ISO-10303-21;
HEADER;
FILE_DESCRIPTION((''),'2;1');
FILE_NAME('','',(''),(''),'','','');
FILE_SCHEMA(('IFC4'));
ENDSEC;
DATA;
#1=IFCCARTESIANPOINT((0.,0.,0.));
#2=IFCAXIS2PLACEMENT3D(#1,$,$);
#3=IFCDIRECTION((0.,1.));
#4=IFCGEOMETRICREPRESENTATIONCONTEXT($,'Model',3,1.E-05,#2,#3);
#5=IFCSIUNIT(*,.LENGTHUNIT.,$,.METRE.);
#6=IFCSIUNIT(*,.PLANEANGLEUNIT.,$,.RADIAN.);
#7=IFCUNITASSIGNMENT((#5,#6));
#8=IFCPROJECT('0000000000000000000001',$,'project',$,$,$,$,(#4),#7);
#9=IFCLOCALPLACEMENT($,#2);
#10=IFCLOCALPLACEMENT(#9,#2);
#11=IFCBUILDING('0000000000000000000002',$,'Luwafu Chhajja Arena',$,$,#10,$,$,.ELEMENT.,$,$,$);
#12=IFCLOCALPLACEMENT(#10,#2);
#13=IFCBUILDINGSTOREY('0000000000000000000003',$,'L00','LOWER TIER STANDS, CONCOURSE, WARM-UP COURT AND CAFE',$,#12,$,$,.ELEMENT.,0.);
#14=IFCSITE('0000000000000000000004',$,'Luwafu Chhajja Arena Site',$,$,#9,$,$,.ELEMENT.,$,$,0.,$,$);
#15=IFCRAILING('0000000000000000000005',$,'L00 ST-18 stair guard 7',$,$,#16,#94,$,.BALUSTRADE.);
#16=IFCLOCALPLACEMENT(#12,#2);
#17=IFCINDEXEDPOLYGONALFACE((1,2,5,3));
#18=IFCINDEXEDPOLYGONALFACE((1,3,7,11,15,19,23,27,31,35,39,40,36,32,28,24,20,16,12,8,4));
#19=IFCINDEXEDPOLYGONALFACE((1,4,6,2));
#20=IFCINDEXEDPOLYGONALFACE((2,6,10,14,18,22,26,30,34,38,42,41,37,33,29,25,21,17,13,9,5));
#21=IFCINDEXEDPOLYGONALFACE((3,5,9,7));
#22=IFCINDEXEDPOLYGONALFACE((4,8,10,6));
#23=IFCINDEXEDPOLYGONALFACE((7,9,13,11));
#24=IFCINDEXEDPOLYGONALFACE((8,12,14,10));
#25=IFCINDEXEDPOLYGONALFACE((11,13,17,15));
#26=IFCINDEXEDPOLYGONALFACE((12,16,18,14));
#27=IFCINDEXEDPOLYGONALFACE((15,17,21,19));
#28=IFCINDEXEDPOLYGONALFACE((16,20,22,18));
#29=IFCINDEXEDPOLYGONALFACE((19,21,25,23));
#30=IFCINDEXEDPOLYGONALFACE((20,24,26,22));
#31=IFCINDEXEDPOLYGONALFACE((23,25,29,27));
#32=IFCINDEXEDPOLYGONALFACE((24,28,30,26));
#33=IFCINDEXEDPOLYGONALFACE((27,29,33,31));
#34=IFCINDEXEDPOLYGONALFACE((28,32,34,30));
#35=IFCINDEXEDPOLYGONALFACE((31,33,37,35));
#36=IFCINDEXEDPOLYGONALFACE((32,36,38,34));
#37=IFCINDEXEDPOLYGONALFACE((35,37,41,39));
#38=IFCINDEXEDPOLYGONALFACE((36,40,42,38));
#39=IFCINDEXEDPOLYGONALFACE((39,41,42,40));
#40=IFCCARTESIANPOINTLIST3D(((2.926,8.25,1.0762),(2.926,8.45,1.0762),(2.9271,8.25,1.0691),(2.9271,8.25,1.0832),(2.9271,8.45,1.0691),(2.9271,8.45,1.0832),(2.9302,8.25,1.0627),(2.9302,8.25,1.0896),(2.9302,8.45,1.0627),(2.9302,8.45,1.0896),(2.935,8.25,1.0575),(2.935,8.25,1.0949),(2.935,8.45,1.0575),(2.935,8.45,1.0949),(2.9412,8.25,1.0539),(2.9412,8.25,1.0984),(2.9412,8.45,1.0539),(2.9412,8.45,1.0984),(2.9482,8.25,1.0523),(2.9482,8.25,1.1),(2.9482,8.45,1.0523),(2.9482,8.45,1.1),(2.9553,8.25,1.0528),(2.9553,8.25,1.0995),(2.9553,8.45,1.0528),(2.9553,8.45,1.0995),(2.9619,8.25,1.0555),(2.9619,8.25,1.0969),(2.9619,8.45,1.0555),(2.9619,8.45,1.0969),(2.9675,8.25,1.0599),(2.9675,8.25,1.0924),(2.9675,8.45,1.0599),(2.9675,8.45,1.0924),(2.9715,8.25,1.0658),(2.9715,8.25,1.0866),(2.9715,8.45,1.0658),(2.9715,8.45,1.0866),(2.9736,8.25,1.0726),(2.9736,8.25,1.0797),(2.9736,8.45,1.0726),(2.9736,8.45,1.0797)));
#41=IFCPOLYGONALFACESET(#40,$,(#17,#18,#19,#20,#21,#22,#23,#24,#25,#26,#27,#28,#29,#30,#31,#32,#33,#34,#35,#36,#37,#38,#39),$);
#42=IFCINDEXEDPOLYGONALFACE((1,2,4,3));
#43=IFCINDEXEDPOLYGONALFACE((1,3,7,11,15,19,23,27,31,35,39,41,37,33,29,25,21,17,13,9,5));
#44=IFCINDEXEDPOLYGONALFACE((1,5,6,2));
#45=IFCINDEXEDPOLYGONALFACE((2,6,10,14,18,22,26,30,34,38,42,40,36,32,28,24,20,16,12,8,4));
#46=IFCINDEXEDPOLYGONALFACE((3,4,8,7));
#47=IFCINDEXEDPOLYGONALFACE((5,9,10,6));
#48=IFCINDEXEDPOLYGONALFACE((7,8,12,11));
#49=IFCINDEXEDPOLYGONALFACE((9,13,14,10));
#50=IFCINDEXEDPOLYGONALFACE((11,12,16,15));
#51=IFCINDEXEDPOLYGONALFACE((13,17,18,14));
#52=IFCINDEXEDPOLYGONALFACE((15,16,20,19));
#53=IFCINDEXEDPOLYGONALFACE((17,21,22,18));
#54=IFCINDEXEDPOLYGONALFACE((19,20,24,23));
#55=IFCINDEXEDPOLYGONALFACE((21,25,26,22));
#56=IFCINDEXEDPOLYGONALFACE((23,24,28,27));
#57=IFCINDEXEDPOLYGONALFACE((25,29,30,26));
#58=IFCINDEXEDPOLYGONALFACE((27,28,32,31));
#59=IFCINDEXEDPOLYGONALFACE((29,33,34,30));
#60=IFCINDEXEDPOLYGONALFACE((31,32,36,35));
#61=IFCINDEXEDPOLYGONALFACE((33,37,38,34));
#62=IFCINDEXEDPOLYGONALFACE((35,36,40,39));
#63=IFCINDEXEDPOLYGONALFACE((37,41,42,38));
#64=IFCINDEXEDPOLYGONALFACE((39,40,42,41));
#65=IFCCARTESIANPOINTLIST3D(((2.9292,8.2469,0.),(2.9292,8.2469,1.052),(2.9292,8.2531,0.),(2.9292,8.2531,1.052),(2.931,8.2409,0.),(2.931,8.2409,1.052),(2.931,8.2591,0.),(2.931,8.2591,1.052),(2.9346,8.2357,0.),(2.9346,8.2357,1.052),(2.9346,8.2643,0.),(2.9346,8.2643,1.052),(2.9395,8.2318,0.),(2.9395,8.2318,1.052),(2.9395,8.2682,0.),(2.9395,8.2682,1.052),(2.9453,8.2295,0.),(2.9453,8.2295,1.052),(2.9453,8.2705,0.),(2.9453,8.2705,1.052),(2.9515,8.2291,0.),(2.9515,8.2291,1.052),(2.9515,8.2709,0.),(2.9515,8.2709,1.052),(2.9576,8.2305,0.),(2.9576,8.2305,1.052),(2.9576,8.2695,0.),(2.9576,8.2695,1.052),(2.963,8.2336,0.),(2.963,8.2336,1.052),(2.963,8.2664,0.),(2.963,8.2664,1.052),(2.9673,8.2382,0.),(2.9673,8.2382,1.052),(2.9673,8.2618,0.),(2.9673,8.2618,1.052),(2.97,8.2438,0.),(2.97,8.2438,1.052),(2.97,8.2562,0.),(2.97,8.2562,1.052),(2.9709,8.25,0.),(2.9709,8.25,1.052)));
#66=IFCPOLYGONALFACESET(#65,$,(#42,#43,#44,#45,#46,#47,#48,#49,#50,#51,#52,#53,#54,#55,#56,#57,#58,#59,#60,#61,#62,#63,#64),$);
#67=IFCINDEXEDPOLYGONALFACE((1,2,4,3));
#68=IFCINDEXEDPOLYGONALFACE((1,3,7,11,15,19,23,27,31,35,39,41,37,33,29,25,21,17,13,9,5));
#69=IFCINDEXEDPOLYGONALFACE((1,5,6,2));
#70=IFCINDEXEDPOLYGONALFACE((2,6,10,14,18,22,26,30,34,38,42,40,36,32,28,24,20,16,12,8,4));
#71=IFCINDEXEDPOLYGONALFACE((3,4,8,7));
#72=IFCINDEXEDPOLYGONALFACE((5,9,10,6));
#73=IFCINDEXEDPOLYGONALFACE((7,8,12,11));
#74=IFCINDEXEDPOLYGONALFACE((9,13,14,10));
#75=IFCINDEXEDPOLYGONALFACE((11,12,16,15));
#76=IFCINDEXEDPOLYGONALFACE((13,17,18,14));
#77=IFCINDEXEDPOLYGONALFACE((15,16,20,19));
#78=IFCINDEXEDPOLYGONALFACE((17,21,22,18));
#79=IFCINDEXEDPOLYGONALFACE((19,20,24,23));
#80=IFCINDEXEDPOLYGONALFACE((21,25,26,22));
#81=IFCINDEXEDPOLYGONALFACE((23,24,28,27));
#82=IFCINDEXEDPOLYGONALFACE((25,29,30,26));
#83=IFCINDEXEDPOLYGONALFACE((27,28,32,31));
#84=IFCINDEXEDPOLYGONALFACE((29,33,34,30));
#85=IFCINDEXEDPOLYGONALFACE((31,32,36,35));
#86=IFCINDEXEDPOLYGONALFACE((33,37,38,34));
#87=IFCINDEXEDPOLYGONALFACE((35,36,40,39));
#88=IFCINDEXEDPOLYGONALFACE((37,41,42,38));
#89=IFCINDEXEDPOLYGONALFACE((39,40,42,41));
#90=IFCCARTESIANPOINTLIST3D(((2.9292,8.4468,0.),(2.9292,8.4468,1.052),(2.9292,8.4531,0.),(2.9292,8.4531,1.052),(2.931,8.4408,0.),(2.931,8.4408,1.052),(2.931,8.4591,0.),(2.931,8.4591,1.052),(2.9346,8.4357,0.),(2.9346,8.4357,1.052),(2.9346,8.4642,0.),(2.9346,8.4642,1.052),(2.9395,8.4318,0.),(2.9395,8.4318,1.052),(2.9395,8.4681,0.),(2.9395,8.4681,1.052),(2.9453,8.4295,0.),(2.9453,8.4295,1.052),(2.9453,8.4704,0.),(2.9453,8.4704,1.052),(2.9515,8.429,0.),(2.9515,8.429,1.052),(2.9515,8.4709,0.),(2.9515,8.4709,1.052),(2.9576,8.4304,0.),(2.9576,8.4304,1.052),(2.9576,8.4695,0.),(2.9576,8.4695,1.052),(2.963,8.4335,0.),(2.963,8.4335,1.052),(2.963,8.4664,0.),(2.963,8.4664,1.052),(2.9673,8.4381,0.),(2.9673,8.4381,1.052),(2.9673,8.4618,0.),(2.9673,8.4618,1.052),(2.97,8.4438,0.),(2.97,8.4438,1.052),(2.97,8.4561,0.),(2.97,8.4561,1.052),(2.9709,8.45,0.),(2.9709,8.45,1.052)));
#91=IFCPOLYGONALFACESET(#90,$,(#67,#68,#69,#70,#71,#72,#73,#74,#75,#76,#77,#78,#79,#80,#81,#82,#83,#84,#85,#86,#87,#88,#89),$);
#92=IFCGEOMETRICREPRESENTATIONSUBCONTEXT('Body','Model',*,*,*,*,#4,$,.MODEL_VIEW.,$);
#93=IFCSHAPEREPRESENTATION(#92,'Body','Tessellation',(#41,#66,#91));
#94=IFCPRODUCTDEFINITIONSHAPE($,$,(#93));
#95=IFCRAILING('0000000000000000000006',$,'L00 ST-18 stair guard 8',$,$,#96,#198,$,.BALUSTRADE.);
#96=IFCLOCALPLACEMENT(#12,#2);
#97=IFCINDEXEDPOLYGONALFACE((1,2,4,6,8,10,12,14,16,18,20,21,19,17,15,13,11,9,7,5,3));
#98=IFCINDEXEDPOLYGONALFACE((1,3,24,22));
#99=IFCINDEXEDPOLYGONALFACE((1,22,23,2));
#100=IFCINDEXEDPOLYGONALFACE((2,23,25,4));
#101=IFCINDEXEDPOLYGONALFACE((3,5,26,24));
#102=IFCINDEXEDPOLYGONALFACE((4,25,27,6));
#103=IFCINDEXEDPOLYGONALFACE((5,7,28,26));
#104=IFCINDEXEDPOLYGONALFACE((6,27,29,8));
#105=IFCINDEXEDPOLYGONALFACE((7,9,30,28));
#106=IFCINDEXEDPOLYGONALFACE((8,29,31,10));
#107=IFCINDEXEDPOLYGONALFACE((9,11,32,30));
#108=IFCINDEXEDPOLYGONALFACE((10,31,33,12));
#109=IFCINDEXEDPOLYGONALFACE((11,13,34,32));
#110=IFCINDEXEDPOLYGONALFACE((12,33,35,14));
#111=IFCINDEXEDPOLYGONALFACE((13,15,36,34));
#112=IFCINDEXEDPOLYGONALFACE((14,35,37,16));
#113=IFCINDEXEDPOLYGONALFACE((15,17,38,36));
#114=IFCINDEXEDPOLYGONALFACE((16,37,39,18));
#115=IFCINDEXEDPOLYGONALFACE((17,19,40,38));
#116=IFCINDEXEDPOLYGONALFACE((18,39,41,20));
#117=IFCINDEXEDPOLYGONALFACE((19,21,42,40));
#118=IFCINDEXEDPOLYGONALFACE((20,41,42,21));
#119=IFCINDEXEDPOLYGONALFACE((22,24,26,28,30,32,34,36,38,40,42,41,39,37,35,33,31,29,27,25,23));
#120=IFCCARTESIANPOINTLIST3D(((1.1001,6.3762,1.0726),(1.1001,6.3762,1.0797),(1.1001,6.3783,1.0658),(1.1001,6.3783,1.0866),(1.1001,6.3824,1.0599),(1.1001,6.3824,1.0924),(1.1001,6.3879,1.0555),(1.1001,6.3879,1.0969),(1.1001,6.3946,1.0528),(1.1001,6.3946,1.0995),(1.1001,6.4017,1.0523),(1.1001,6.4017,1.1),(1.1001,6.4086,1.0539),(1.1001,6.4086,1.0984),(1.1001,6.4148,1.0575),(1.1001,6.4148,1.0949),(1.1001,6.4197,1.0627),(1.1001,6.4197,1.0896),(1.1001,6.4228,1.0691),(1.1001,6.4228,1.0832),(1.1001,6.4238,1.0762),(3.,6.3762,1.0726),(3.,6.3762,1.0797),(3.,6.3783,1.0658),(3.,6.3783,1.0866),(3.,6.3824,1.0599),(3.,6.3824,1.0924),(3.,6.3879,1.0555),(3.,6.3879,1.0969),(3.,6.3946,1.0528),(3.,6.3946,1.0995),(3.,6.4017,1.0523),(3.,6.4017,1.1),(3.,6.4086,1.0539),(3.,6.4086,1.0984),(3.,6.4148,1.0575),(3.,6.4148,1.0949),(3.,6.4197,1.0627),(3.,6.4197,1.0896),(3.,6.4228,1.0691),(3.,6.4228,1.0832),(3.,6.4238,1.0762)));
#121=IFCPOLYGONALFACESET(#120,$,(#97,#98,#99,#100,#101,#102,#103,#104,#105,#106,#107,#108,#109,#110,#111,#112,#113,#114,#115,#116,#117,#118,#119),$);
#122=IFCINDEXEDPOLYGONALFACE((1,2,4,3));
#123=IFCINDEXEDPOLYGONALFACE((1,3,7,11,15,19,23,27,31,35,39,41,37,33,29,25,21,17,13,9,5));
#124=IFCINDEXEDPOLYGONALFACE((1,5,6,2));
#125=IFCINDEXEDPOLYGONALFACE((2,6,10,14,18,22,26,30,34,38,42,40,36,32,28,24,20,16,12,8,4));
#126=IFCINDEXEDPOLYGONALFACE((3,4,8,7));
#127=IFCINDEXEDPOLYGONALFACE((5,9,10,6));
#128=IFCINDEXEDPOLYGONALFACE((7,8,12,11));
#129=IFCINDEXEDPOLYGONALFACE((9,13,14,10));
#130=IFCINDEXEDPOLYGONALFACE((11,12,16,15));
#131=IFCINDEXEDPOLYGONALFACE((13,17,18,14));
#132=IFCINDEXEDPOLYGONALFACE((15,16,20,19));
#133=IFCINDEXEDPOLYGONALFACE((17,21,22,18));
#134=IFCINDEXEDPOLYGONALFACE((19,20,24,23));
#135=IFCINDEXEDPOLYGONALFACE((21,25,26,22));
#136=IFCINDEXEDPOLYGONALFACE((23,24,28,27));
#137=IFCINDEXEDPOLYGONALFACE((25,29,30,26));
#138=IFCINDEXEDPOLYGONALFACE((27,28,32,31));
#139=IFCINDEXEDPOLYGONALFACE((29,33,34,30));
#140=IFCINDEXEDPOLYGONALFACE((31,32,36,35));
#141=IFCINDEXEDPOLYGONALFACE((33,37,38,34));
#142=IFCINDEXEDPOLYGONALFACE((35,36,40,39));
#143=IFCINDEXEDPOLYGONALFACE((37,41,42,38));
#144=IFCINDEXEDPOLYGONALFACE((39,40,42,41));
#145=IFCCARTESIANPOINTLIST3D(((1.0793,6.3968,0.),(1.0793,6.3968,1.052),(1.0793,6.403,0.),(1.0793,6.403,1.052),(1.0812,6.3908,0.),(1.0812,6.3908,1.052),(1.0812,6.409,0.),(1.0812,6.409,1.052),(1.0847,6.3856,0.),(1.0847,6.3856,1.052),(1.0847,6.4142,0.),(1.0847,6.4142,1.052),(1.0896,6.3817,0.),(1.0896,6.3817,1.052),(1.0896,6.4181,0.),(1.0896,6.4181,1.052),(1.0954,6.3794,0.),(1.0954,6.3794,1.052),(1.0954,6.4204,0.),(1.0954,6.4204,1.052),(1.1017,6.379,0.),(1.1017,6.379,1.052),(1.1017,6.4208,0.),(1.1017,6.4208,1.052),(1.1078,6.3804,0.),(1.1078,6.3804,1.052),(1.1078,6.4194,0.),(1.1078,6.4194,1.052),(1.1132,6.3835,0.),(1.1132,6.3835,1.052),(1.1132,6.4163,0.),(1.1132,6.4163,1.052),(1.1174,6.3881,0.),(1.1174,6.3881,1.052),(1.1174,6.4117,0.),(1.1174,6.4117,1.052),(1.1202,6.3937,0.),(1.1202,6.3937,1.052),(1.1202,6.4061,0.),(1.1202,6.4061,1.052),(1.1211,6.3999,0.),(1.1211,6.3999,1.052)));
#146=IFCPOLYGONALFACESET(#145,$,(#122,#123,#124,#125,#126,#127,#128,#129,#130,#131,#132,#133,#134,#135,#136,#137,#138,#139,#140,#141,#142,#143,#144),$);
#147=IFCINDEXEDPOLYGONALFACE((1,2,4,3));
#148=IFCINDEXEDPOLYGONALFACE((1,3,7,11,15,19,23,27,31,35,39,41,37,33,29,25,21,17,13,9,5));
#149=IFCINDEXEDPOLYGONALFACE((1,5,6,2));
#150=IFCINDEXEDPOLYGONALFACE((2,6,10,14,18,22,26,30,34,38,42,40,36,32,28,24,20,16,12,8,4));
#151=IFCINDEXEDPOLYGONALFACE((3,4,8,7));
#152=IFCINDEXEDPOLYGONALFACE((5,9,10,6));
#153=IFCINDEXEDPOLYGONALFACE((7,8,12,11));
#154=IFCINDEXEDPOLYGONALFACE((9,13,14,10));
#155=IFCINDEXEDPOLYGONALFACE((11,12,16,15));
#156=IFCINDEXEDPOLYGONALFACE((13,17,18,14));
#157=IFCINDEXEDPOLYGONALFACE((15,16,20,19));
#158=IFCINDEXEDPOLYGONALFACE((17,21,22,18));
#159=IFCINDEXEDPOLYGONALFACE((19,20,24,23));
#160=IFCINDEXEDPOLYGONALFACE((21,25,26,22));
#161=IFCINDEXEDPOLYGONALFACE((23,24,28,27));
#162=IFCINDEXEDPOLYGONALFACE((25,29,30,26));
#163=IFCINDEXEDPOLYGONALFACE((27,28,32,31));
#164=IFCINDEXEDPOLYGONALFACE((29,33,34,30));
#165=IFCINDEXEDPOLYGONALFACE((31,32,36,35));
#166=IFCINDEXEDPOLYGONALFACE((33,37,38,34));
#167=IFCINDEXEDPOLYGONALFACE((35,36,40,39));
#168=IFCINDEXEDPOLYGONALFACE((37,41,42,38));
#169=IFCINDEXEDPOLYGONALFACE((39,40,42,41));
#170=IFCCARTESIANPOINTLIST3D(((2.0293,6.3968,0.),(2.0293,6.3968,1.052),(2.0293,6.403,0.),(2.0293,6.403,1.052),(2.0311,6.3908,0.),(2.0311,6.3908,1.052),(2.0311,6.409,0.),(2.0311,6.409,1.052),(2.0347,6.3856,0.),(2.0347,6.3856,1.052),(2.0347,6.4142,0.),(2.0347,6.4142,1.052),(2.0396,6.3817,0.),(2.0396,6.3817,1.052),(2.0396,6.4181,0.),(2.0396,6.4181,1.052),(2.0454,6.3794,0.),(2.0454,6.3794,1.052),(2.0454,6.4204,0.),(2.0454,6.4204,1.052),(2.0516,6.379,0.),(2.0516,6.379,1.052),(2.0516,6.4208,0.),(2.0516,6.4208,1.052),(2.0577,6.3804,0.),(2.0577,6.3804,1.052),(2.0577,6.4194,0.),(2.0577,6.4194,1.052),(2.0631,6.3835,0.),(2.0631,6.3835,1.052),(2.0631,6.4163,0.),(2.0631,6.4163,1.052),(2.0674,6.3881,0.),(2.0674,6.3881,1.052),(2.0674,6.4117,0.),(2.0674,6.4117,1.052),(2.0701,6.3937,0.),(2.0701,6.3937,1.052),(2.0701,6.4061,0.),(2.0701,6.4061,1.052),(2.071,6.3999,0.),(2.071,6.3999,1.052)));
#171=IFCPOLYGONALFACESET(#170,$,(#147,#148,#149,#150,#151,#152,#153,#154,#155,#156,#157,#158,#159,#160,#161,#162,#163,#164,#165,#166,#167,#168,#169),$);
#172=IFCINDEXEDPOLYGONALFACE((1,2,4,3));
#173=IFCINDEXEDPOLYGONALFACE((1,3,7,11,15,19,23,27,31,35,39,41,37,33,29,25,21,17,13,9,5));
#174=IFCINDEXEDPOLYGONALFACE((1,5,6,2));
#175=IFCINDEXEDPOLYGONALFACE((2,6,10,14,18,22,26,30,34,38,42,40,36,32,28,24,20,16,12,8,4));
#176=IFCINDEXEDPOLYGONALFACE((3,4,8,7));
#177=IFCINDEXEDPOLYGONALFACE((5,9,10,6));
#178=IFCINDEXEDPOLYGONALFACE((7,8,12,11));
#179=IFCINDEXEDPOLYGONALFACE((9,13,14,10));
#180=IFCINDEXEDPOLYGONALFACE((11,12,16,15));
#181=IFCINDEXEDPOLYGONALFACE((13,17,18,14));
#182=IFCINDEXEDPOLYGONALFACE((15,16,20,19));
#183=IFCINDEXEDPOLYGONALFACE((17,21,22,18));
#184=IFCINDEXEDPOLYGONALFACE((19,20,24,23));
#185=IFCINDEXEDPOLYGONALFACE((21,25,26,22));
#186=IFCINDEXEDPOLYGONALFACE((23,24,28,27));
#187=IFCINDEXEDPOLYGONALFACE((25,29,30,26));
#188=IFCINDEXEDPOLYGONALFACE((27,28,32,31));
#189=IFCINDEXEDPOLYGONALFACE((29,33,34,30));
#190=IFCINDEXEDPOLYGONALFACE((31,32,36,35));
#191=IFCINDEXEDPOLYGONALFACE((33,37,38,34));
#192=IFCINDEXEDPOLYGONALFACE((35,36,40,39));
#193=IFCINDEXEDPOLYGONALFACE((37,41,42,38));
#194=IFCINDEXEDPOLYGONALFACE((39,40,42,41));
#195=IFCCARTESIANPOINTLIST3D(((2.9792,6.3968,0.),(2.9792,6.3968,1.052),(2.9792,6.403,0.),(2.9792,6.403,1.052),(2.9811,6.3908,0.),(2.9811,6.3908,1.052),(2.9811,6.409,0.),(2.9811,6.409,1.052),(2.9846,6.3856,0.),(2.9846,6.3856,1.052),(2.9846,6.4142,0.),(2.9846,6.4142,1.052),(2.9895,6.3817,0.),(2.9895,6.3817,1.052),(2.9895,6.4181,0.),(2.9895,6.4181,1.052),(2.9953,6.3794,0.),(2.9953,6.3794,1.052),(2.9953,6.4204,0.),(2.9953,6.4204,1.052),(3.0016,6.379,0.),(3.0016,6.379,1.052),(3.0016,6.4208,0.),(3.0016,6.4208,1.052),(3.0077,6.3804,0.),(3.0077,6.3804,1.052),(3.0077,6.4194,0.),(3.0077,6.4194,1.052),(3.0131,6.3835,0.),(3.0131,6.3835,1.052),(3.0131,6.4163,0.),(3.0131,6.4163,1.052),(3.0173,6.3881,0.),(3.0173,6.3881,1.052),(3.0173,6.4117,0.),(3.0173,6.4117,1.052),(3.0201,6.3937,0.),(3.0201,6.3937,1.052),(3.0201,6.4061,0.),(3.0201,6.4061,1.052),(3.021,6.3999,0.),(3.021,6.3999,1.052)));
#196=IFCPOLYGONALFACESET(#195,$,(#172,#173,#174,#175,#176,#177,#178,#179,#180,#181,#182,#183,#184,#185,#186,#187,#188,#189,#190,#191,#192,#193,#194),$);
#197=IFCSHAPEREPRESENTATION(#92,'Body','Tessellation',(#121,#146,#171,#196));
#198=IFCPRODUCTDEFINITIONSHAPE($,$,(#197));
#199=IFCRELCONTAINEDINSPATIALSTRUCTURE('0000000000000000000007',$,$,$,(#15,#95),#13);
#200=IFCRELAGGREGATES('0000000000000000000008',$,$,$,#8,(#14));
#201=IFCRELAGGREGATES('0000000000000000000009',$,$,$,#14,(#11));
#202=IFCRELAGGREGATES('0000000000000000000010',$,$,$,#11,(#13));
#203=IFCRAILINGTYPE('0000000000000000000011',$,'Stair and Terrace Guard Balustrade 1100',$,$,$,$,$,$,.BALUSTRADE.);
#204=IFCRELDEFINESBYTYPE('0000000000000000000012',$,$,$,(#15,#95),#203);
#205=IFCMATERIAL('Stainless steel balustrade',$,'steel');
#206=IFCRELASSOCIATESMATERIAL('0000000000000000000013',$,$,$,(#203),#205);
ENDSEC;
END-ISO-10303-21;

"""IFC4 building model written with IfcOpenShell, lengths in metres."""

from ifc_helpers import new_model, si_unit, direction, frame, origin, origin_2d, place, context, subcontext, project, spatial, circle, extrude, material, type_object, element, save


model = new_model("IFC4")

# Units and contexts
model_context = context("Model", 3, precision=1e-05, world=origin(), true_north=direction((0.0, 1.0)))
body_context = subcontext(model_context, "Body", "Model", "MODEL_VIEW")
ifc_project = project(units=[si_unit("LENGTHUNIT", "METRE"), si_unit("PLANEANGLEUNIT", "RADIAN")], contexts=[model_context])

# Site, building, storey
site_placement = place(None, origin())
site = spatial("IfcSite", under=ifc_project, at=site_placement, Name="Luwafu Chhajja Arena Site", CompositionType="ELEMENT", RefElevation=0.0)
building_placement = place(site_placement, origin())
building = spatial("IfcBuilding", under=site, at=building_placement, Name="Luwafu Chhajja Arena", CompositionType="ELEMENT")
storey_placement = place(building_placement, origin())
storey = spatial("IfcBuildingStorey", under=building, at=storey_placement, Name="L00", Description="LOWER TIER STANDS, CONCOURSE, WARM-UP COURT AND CAFE", CompositionType="ELEMENT", Elevation=0.0)

# Railings
ifc_material_1 = material(Name="Stainless steel balustrade", Category="steel")
railing_type_1 = type_object("IfcRailingType", Name="Stair and Terrace Guard Balustrade 1100", PredefinedType="BALUSTRADE", material=ifc_material_1)
railing_1_placement = place(storey_placement, frame((2.95, 8.25, 0.0)))
element("IfcRailing", 1, at=railing_1_placement, inside=storey, type_object=railing_type_1, Name="L00 ST-18 stair guard 7", PredefinedType="BALUSTRADE", context=body_context, shape_type="SweptSolid", body=[
    extrude(circle(Radius=0.0239, at=origin_2d()), frame((0.0, 0.0, 1.0762), z_axis=(0.0, 1.0, 0.0), x_axis=(-1.0, 0.0, 0.0)), (0.0, 0.0, 1.0), 0.2),
    extrude(circle(Radius=0.021, at=origin_2d()), origin(), (0.0, 0.0, 1.0), 1.052),
    extrude(circle(Radius=0.021, at=origin_2d()), frame((0.0, 0.2, 0.0)), (0.0, 0.0, 1.0), 1.052),
])
for number, where, name in (
    (2, (1.1001, 6.3999, 0.0), "L00 ST-18 stair guard 8"),
):
    element("IfcRailing", number, at=place(storey_placement, frame(where)), inside=storey, type_object=railing_type_1, Name=name, PredefinedType="BALUSTRADE", context=body_context, shape_type="SweptSolid", body=[
        extrude(circle(Radius=0.0239, at=origin_2d()), frame((0.0, 0.0, 1.0762), z_axis=(1.0, 0.0, 0.0), x_axis=(0.0, 1.0, 0.0)), (0.0, 0.0, 1.0), 1.8999),
        extrude(circle(Radius=0.021, at=origin_2d()), origin(), (0.0, 0.0, 1.0), 1.052),
        extrude(circle(Radius=0.021, at=origin_2d()), frame((0.95, 0.0, 0.0)), (0.0, 0.0, 1.0), 1.052),
        extrude(circle(Radius=0.021, at=origin_2d()), frame((1.8999, 0.0, 0.0)), (0.0, 0.0, 1.0), 1.052),
    ])

save(model, "model.ifc")
